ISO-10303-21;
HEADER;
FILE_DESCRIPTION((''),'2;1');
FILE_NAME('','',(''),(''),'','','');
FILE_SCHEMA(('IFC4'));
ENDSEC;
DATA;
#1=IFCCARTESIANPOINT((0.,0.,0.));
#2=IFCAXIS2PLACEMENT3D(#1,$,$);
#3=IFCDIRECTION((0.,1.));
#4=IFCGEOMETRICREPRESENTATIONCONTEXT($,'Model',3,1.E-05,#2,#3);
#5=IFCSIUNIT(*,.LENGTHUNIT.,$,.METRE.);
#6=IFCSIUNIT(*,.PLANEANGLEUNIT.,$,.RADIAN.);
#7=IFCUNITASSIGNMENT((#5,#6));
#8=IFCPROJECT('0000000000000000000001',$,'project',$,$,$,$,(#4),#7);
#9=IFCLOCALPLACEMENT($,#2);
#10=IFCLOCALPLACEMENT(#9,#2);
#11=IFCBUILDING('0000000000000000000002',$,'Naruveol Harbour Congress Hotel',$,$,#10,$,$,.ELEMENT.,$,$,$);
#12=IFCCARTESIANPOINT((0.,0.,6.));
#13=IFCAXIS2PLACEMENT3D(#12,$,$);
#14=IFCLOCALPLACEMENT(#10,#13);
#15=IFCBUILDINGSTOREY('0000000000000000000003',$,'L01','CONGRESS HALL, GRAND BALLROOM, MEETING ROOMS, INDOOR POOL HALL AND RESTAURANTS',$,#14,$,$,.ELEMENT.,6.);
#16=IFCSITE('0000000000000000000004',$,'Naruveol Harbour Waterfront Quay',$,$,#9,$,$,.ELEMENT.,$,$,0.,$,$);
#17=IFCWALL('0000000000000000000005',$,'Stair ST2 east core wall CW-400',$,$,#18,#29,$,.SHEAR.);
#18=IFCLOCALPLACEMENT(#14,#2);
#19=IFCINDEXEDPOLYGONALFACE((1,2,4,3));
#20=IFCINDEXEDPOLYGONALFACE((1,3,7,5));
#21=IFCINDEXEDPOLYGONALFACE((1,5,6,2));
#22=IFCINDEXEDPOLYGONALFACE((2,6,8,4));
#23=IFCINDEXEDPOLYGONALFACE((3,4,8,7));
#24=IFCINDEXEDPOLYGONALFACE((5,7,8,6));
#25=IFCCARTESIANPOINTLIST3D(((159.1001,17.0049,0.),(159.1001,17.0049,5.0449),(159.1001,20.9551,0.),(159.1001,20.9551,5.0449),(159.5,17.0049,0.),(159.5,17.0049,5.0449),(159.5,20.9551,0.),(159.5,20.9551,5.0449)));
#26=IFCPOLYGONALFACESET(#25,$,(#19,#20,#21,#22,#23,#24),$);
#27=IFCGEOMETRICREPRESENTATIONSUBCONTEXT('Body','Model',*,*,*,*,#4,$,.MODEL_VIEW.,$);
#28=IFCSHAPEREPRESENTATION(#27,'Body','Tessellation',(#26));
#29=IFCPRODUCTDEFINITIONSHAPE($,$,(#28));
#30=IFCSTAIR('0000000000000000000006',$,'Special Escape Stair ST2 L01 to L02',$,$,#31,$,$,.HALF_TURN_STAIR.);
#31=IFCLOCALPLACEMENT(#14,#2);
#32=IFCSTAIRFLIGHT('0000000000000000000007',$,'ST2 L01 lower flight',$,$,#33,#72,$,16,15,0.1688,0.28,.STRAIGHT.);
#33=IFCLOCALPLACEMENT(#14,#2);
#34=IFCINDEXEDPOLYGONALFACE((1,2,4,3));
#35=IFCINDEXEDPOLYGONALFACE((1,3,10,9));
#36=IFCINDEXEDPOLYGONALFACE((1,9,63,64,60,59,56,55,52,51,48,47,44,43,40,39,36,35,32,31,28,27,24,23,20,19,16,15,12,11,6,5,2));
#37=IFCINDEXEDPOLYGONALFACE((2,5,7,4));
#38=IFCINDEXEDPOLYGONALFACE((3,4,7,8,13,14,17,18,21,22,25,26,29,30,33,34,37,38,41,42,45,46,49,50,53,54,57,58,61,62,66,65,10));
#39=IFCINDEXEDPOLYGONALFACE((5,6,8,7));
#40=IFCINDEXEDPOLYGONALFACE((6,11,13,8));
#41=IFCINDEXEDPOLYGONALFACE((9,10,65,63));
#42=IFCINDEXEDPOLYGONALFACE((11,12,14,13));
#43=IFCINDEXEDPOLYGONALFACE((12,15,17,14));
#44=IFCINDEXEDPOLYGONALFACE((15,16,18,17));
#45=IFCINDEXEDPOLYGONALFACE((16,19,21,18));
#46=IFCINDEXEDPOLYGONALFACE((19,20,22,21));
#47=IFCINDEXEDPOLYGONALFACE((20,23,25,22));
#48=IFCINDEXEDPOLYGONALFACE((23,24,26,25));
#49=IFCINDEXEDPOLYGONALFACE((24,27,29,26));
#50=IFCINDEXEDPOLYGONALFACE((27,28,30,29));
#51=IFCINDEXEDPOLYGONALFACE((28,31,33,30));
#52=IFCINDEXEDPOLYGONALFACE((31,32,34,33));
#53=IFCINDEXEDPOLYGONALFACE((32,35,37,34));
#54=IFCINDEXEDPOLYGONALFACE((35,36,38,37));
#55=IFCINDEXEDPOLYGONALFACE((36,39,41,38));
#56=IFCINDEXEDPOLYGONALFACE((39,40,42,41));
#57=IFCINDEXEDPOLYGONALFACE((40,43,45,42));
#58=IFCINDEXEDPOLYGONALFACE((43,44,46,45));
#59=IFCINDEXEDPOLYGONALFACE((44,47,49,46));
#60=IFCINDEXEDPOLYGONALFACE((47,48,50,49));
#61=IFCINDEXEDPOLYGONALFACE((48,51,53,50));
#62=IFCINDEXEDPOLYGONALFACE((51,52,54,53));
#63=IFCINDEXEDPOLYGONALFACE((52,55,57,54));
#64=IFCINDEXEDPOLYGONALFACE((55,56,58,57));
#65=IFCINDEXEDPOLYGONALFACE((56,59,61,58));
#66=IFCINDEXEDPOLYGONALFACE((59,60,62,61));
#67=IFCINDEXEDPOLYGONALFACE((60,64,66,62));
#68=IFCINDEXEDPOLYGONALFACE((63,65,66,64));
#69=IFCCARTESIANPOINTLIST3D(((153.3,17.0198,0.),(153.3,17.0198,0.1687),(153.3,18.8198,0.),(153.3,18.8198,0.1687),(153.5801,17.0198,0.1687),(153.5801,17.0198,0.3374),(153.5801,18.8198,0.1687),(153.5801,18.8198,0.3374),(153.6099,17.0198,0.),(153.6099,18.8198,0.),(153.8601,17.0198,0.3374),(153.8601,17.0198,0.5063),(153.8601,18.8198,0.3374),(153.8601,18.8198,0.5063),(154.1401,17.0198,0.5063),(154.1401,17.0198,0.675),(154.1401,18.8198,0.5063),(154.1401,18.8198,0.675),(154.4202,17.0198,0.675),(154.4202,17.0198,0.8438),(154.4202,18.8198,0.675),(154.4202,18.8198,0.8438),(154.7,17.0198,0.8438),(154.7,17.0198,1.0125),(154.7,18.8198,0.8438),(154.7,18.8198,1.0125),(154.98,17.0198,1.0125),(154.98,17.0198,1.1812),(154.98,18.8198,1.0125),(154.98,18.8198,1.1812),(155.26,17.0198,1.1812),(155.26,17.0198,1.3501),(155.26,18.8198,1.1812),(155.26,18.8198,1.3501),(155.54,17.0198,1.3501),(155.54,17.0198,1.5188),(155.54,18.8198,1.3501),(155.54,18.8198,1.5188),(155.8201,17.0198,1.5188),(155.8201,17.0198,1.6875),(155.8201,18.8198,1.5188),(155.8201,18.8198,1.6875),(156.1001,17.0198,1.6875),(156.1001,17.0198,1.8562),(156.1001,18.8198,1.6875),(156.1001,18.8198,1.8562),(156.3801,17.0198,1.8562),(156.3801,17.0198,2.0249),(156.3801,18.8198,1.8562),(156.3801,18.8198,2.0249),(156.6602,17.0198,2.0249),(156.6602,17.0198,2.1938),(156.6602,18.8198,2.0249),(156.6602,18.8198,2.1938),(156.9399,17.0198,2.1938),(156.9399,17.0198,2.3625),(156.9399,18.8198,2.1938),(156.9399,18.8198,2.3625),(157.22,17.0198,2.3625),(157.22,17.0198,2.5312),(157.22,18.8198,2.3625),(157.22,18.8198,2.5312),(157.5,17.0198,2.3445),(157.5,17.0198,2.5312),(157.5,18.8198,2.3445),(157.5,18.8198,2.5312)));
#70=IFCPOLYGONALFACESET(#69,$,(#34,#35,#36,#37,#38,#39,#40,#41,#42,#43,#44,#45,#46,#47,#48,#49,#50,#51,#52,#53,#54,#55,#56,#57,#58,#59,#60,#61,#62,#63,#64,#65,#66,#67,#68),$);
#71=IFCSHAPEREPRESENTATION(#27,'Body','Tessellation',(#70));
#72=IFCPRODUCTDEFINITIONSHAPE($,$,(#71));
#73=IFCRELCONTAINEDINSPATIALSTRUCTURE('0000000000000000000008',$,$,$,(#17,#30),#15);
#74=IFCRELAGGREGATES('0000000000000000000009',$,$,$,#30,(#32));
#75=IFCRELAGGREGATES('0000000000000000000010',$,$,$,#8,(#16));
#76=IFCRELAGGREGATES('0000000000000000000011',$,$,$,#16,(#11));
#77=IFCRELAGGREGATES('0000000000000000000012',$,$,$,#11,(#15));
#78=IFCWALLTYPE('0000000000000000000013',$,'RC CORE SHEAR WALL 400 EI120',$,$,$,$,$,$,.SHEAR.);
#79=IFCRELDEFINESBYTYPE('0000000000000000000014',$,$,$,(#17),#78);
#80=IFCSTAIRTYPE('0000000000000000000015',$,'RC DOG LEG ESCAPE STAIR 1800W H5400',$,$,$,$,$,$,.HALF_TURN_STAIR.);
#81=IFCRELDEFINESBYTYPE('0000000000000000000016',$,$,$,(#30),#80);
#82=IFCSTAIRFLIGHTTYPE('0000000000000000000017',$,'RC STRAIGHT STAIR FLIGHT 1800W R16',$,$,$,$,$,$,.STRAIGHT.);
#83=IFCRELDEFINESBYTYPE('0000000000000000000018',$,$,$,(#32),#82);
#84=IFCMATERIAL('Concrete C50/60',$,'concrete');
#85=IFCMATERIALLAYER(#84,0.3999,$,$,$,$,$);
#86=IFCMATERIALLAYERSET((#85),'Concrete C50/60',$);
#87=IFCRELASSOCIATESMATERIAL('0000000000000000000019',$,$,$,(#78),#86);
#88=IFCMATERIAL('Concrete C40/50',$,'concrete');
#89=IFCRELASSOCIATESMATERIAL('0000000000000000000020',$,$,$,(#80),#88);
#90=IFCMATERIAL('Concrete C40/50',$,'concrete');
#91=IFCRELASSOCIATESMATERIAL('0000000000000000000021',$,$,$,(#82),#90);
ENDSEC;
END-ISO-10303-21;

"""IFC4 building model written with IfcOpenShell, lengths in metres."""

from ifc_helpers import new_model, si_unit, direction, frame, frame_2d, origin, place, context, subcontext, project, spatial, polyline, rectangle, outline, extrude, material, layer, layer_set, type_object, element, aggregate, save


model = new_model("IFC4")

# Units and contexts
model_context = context("Model", 3, precision=1e-05, world=origin(), true_north=direction((0.0, 1.0)))
body_context = subcontext(model_context, "Body", "Model", "MODEL_VIEW")
ifc_project = project(units=[si_unit("LENGTHUNIT", "METRE"), si_unit("PLANEANGLEUNIT", "RADIAN")], contexts=[model_context])

# Site, building, storey
site_placement = place(None, origin())
site = spatial("IfcSite", under=ifc_project, at=site_placement, Name="Naruveol Harbour Waterfront Quay", CompositionType="ELEMENT", RefElevation=0.0)
building_placement = place(site_placement, origin())
building = spatial("IfcBuilding", under=site, at=building_placement, Name="Naruveol Harbour Congress Hotel", CompositionType="ELEMENT")
storey_placement = place(building_placement, frame((0.0, 0.0, 6.0)))
storey = spatial("IfcBuildingStorey", under=building, at=storey_placement, Name="L01", Description="CONGRESS HALL, GRAND BALLROOM, MEETING ROOMS, INDOOR POOL HALL AND RESTAURANTS", CompositionType="ELEMENT", Elevation=6.0)

# Wall
ifc_material_1 = material(Name="Concrete C50/60", Category="concrete")
ifc_layer_1 = layer(ifc_material_1, 0.3999)
ifc_layer_set_1 = layer_set([ifc_layer_1], Name="Concrete C50/60")
wall_type_1 = type_object("IfcWallType", Name="RC CORE SHEAR WALL 400 EI120", PredefinedType="SHEAR", material=ifc_layer_set_1)
wall_1_placement = place(storey_placement, frame((159.3, 17.0049, 0.0), z_axis=(0.0, 0.0, 1.0), x_axis=(0.0, 1.0, 0.0)))
element("IfcWall", 1, at=wall_1_placement, inside=storey, type_object=wall_type_1, Name="Stair ST2 east core wall CW-400", PredefinedType="SHEAR", context=body_context, shape_type="SweptSolid", body=[
    extrude(rectangle(XDim=3.9502, YDim=0.3999, at=frame_2d((1.9751, 0.0))), origin(), (0.0, 0.0, 1.0), 5.0449),
])

# Stair, stair flight
ifc_material_2 = material(Name="Concrete C40/50", Category="concrete")
stair_type = type_object("IfcStairType", Name="RC DOG LEG ESCAPE STAIR 1800W H5400", PredefinedType="HALF_TURN_STAIR", material=ifc_material_2)
stair_placement = place(storey_placement, origin())
stair = element("IfcStair", 2, at=stair_placement, inside=storey, type_object=stair_type, Name="Special Escape Stair ST2 L01 to L02", PredefinedType="HALF_TURN_STAIR")
ifc_material_3 = material(Name="Concrete C40/50", Category="concrete")
stair_flight_type = type_object("IfcStairFlightType", Name="RC STRAIGHT STAIR FLIGHT 1800W R16", PredefinedType="STRAIGHT", material=ifc_material_3)
stair_flight_placement = place(storey_placement, frame((153.3, 17.9199, 0.0), z_axis=(0.0, 0.0, 1.0), x_axis=(1.0, 0.0, 0.0)))
stair_flight = element("IfcStairFlight", 3, at=stair_flight_placement, type_object=stair_flight_type, Name="ST2 L01 lower flight", NumberOfRisers=16, NumberOfTreads=15, PredefinedType="STRAIGHT", RiserHeight=0.1688, TreadLength=0.28, context=body_context, shape_type="SweptSolid", body=[
    extrude(outline(polyline([(0.0, 0.0), (0.0, 0.1687), (0.28, 0.1687), (0.28, 0.3374), (0.5601, 0.3374), (0.5601, 0.5063), (0.8401, 0.5063), (0.8401, 0.675), (1.1201, 0.675), (1.1201, 0.8438), (1.3999, 0.8438), (1.3999, 1.0125), (1.6799, 1.0125), (1.6799, 1.1812), (1.96, 1.1812), (1.96, 1.3501), (2.24, 1.3501), (2.24, 1.5188), (2.52, 1.5188), (2.52, 1.6875), (2.8, 1.6875), (2.8, 1.8562), (3.0801, 1.8562), (3.0801, 2.0249), (3.3601, 2.0249), (3.3601, 2.1938), (3.6399, 2.1938), (3.6399, 2.3625), (3.9199, 2.3625), (3.9199, 2.5312), (4.2, 2.5312), (4.2, 2.7), (4.2, 2.3445), (0.3098, 0.0), (0.0, 0.0)])), frame((0.0, 0.8999, 0.0), z_axis=(0.0, -1.0, 0.0), x_axis=(1.0, 0.0, 0.0)), (0.0, 0.0, 1.0), 1.8),
])
aggregate(stair, [stair_flight])

save(model, "model.ifc")
